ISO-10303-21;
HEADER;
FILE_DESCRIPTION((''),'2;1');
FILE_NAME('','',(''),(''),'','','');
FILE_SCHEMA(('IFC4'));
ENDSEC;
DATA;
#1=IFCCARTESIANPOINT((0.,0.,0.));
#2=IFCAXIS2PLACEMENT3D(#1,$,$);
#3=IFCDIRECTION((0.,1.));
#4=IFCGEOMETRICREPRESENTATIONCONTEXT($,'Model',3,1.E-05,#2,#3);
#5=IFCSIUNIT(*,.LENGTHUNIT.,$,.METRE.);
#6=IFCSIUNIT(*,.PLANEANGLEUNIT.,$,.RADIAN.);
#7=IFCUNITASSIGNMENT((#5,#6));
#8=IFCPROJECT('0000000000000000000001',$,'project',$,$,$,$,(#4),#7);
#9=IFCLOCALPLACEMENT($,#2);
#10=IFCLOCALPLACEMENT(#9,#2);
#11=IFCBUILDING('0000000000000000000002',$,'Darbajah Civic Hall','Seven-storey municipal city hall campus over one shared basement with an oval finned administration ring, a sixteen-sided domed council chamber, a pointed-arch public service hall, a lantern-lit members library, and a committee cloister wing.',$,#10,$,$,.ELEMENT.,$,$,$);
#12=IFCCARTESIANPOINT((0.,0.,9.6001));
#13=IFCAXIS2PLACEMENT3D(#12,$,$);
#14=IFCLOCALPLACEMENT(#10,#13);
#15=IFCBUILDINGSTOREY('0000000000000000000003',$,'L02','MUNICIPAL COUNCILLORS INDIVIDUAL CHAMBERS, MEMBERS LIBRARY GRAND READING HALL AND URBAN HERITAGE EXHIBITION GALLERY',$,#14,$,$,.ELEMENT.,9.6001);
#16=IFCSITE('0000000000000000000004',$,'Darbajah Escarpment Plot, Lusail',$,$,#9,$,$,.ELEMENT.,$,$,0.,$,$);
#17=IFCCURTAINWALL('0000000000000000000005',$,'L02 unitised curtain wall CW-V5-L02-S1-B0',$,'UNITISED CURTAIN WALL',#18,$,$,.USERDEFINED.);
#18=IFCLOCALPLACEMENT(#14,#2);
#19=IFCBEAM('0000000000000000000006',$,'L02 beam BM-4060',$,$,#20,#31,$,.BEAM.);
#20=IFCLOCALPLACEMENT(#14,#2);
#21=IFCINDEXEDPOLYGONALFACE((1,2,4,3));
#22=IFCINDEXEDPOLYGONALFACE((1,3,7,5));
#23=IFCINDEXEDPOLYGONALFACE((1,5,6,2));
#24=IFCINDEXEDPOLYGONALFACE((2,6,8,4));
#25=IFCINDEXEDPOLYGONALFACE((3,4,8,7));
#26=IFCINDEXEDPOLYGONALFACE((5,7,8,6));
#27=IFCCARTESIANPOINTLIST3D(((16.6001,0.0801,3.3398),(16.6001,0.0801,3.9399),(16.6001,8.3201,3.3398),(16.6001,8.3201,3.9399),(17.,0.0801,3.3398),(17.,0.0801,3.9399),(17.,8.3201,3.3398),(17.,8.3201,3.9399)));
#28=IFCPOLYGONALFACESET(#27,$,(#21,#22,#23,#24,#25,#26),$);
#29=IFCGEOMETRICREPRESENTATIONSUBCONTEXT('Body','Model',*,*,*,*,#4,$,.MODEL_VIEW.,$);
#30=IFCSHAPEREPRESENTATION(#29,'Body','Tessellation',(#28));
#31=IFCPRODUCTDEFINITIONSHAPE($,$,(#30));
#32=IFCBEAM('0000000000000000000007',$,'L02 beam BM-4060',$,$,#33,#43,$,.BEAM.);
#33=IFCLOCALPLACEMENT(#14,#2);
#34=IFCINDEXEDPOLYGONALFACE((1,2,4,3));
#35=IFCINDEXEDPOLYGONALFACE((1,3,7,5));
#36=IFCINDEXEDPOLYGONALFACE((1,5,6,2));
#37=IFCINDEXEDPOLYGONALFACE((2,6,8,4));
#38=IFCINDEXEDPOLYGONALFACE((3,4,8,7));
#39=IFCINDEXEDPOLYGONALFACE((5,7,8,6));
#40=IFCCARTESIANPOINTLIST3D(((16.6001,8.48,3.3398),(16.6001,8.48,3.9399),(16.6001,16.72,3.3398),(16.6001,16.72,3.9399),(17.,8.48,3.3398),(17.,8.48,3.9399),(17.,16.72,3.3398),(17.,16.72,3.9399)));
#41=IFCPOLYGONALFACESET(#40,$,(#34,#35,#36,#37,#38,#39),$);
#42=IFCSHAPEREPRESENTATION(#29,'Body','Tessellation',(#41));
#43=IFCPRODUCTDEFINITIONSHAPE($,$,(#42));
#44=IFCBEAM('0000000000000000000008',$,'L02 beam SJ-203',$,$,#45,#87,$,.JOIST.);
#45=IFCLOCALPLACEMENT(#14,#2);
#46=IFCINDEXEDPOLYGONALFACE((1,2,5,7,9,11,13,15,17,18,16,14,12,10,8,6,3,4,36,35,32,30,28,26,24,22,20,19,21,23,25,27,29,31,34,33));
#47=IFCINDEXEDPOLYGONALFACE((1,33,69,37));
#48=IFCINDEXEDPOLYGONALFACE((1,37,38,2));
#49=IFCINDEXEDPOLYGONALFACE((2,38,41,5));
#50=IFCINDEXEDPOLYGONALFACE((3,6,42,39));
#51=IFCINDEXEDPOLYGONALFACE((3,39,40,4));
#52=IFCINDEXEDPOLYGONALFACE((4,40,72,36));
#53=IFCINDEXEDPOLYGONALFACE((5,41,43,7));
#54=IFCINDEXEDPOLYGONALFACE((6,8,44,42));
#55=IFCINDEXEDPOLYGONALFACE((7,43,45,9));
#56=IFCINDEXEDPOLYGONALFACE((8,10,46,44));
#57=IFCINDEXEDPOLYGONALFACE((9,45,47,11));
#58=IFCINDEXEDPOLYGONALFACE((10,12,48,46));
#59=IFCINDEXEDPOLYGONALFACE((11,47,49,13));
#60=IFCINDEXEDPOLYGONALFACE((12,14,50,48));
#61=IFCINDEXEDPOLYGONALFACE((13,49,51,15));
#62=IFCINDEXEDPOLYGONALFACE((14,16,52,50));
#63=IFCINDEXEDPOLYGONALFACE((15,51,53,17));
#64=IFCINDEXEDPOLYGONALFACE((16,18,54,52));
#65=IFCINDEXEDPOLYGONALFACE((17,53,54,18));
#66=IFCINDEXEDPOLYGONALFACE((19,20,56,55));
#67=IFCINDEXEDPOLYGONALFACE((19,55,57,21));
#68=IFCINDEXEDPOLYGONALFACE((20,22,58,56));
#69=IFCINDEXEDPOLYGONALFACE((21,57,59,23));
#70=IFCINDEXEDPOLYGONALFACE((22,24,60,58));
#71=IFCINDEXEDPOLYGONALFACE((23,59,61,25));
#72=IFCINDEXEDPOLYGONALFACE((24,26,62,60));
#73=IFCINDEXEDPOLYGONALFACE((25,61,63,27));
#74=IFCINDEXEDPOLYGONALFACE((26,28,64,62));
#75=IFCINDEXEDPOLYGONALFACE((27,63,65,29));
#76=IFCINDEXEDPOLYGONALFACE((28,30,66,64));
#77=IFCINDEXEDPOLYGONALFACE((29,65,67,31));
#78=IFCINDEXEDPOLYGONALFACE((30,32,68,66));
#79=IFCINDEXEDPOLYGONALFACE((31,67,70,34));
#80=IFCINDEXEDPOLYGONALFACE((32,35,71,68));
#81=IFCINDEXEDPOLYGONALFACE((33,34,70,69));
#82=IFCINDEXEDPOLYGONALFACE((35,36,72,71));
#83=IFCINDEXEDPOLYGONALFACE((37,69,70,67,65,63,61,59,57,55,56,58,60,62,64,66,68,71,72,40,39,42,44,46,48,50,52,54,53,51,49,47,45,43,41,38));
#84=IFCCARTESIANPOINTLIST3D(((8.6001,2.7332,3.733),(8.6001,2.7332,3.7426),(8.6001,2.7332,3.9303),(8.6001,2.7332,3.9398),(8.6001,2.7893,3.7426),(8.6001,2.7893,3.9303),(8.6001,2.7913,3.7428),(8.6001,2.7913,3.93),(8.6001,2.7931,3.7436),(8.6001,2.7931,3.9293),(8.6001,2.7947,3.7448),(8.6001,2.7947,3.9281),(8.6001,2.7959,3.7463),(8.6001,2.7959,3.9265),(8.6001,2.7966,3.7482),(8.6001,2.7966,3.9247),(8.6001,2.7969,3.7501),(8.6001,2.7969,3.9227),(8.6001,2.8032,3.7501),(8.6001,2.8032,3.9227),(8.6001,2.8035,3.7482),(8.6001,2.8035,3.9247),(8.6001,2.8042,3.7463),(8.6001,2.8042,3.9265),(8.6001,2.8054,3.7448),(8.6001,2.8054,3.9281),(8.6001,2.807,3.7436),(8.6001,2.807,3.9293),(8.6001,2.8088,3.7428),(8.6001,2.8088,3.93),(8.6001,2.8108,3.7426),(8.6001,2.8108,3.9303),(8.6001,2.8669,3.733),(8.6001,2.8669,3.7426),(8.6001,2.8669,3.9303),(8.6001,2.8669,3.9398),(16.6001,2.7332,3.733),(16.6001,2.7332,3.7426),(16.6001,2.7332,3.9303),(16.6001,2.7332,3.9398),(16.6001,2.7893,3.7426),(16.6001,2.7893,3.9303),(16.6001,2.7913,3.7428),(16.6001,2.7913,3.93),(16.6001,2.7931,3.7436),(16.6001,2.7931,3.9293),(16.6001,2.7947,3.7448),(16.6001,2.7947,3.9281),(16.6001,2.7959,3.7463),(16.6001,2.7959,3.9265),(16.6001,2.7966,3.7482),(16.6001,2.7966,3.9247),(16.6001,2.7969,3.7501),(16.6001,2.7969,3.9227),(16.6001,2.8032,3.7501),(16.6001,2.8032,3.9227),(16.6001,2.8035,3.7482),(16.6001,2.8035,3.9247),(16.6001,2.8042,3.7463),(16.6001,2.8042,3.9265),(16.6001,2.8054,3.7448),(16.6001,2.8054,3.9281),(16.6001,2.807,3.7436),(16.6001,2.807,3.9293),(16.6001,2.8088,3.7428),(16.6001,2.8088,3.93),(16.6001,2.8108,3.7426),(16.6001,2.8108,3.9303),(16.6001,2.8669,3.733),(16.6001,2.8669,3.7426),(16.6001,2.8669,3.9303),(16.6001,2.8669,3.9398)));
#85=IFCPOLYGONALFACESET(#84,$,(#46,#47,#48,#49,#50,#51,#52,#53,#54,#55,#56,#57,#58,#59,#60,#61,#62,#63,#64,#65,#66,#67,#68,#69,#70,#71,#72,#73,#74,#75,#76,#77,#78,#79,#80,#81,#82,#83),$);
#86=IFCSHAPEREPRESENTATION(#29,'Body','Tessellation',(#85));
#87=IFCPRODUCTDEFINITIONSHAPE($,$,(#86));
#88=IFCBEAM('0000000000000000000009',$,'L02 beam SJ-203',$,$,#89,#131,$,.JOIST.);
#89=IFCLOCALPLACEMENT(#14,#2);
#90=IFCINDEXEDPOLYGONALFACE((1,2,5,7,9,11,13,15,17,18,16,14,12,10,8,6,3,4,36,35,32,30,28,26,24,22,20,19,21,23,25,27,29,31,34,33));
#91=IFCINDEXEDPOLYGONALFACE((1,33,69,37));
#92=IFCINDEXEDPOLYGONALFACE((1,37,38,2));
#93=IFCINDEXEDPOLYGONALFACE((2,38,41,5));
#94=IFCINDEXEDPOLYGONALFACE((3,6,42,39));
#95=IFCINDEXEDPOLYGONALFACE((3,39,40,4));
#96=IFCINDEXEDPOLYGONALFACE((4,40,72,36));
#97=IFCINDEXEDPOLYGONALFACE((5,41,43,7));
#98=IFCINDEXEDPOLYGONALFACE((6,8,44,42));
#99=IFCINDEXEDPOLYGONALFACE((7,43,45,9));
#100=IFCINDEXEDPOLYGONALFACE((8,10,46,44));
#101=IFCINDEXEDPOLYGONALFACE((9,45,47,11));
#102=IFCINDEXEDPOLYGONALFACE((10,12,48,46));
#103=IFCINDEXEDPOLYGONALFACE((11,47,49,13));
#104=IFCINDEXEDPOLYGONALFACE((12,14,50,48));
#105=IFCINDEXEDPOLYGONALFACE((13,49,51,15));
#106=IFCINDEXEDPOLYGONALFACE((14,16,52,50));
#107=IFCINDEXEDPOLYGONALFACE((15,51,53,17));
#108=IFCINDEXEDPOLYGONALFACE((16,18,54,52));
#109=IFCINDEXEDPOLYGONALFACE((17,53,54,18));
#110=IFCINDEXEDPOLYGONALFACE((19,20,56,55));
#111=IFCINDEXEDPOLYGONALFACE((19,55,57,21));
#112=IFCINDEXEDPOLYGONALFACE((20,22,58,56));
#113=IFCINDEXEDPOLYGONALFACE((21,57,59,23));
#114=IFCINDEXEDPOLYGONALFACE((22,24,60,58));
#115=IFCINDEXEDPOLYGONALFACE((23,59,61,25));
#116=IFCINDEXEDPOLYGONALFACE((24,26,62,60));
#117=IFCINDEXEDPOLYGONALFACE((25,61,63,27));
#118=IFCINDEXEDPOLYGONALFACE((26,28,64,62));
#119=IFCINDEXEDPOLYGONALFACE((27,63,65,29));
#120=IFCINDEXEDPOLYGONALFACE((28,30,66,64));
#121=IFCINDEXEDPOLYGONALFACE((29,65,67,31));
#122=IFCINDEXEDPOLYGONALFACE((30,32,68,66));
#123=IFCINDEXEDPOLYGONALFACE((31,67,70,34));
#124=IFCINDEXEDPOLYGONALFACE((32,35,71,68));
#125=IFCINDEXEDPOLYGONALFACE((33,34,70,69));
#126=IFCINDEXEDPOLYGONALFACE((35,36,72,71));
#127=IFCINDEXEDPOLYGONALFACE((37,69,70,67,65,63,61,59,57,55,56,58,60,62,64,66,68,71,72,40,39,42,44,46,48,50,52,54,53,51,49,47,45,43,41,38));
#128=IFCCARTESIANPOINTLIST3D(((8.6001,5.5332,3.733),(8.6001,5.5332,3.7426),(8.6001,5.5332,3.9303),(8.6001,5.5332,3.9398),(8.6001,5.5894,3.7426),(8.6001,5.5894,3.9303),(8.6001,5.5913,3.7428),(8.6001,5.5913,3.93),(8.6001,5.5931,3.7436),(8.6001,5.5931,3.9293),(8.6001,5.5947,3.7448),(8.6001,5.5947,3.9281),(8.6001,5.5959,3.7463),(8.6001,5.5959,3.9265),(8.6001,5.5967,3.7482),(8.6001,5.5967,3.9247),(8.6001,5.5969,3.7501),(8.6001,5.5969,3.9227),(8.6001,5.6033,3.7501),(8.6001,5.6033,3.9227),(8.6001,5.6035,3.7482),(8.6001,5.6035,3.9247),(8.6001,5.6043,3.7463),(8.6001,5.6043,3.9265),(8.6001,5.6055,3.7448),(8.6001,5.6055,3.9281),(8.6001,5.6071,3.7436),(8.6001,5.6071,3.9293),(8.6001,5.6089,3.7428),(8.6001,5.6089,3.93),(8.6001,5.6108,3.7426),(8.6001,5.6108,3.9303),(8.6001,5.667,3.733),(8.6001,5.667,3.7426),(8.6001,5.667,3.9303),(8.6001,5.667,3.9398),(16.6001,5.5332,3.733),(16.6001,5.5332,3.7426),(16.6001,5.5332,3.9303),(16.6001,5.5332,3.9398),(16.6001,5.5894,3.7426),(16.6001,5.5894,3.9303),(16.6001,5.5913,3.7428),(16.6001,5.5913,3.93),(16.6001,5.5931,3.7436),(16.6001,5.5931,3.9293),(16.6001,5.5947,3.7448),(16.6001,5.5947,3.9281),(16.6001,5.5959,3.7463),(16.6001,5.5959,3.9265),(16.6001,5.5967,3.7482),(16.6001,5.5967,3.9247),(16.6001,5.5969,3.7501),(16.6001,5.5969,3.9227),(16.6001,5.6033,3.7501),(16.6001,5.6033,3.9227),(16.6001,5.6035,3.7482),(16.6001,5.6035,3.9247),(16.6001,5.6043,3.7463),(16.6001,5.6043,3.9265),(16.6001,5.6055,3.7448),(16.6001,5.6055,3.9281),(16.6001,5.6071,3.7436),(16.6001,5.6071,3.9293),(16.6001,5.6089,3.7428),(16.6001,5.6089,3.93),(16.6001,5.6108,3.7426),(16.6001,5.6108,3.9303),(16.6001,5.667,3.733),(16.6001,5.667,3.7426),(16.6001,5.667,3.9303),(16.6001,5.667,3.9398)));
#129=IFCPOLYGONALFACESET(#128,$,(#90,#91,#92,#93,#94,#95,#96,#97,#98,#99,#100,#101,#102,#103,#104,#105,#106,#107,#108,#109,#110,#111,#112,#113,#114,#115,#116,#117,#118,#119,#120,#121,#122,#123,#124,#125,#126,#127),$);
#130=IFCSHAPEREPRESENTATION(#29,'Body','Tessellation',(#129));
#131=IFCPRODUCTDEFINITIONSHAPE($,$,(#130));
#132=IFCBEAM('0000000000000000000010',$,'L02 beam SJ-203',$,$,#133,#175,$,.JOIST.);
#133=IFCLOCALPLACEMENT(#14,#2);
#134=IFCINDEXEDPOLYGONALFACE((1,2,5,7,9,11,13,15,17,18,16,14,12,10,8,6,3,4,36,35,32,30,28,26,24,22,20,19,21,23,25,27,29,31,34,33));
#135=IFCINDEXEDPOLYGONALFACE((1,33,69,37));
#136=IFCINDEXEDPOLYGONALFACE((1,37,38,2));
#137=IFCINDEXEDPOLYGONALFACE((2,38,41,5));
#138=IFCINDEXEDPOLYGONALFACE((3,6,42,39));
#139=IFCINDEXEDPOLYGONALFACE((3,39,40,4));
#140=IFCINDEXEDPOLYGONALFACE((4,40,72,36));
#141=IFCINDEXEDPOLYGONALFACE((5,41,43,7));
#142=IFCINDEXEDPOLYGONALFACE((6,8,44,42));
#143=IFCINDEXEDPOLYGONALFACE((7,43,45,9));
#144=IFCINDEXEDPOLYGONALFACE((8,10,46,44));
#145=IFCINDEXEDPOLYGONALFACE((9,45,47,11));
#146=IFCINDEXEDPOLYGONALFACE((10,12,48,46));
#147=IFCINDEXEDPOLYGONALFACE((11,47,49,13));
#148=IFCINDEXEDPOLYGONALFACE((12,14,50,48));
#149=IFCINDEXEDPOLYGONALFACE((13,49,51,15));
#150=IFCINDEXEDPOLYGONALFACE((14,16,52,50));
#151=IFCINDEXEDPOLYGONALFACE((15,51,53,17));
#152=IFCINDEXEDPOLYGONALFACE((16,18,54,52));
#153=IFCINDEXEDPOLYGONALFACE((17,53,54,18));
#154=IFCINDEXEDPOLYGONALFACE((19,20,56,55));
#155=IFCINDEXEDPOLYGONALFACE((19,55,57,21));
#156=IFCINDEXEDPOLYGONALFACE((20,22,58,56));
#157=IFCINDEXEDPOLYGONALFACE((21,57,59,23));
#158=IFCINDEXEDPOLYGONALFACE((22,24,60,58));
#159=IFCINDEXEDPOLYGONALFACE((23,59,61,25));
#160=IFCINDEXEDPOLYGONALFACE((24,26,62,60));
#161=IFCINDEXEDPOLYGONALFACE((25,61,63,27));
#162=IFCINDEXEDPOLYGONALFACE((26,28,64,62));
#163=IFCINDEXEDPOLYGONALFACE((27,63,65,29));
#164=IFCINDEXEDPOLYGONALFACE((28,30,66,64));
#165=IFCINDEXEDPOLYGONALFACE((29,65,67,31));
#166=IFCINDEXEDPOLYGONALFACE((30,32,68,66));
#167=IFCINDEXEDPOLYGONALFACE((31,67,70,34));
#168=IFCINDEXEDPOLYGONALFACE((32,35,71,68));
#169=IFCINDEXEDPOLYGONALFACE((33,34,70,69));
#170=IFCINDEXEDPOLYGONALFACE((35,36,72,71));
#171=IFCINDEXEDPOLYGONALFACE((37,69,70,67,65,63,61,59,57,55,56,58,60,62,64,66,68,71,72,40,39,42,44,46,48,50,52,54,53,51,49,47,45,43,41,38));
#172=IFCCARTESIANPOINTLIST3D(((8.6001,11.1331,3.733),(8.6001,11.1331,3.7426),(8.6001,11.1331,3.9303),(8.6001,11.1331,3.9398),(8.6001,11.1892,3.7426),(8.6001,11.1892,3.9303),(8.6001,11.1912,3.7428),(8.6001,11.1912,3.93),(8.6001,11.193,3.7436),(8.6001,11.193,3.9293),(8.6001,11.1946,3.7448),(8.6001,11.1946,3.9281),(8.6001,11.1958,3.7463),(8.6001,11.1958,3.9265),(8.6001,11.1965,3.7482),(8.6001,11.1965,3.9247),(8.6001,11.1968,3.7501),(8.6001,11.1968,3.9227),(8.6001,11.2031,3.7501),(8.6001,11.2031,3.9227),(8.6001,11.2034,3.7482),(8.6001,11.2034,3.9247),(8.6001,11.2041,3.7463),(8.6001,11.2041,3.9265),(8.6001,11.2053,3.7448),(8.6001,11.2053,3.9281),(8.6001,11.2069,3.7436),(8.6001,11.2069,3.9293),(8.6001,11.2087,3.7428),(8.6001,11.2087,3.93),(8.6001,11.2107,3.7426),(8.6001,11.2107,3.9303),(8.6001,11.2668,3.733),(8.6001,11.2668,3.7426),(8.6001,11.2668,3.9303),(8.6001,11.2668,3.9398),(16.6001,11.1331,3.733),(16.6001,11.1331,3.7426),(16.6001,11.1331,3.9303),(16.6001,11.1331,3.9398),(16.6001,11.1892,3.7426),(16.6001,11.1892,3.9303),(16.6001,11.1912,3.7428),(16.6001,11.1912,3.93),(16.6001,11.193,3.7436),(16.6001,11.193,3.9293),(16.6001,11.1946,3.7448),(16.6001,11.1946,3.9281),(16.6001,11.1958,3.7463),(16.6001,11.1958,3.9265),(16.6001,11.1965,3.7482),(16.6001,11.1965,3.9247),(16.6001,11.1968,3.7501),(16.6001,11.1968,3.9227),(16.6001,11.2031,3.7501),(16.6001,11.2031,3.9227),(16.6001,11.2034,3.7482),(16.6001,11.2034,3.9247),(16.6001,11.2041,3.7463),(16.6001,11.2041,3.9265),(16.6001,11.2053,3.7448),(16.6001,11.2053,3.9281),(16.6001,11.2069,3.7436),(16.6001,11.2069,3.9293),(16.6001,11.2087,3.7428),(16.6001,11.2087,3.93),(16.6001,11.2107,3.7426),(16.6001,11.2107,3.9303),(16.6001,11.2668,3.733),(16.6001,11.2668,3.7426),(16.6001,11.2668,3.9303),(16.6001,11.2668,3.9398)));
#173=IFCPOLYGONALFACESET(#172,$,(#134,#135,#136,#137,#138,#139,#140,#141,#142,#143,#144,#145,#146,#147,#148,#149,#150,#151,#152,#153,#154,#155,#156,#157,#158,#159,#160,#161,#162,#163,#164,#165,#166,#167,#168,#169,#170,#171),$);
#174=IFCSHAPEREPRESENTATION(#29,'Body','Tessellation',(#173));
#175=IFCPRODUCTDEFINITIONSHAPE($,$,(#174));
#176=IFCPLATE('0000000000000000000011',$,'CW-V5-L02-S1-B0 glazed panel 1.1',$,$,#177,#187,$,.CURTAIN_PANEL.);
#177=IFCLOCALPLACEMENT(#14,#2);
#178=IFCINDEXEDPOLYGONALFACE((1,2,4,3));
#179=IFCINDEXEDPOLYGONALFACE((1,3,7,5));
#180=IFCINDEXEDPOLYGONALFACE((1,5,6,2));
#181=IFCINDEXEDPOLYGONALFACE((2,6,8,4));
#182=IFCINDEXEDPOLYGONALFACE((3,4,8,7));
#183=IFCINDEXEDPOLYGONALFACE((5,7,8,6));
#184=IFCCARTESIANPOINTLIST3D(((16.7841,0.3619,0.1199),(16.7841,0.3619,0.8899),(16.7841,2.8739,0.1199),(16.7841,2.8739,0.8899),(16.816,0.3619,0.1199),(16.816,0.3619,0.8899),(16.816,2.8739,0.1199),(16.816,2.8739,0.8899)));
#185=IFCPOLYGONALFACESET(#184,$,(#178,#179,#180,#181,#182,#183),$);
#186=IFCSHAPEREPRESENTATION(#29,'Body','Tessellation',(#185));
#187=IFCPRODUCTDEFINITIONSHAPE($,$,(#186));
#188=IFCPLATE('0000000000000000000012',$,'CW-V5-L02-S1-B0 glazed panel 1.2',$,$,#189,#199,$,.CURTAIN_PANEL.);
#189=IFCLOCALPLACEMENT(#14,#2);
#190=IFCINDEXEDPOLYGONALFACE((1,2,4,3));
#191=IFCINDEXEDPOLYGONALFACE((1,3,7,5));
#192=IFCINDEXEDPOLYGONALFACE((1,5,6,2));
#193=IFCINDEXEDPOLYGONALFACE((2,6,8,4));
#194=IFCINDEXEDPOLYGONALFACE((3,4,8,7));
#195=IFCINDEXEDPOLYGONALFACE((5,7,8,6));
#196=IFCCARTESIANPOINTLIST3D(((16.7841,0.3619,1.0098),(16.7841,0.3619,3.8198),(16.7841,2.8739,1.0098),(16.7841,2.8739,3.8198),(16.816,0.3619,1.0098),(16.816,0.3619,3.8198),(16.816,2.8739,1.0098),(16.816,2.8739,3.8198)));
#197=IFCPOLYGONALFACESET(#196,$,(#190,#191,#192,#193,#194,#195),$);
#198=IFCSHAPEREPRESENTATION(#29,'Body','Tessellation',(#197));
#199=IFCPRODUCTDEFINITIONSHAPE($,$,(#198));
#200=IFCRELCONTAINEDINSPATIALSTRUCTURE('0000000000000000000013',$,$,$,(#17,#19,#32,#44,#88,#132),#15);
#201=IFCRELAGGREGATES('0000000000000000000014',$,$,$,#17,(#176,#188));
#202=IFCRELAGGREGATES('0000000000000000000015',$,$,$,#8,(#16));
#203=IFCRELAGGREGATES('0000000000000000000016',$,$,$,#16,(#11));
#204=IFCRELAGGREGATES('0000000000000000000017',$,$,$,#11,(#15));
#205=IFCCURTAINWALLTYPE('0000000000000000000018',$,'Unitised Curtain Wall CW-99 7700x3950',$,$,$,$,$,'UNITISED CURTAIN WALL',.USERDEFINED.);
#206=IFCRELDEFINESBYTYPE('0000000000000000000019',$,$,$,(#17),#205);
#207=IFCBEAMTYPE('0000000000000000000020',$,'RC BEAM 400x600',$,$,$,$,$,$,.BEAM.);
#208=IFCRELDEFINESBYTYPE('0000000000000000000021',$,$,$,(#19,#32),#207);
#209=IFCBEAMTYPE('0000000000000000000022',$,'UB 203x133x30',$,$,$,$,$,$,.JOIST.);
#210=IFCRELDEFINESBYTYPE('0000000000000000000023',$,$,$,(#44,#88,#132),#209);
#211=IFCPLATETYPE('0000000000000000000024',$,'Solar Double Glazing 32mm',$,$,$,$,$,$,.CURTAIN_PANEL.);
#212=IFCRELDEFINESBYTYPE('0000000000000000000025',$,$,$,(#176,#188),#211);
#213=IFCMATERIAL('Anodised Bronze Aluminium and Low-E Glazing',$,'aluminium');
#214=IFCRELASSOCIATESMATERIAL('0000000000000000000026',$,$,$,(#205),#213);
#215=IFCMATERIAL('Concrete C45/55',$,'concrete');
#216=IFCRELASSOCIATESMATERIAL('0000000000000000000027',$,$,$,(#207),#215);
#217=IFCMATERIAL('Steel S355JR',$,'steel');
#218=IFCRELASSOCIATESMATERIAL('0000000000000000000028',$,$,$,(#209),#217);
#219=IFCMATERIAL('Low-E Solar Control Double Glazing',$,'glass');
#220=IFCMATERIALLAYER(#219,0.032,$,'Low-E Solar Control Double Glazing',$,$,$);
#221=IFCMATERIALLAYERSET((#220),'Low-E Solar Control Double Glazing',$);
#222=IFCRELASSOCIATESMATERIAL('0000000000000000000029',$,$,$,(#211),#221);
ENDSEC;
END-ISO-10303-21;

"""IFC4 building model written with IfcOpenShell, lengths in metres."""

from ifc_helpers import new_model, si_unit, direction, frame, origin, origin_2d, place, context, subcontext, project, spatial, rectangle, i_section, extrude, material, layer, layer_set, material_profile, profile_set, type_object, element, aggregate, save


model = new_model("IFC4")

# Units and contexts
model_context = context("Model", 3, precision=1e-05, world=origin(), true_north=direction((0.0, 1.0)))
body_context = subcontext(model_context, "Body", "Model", "MODEL_VIEW")
ifc_project = project(units=[si_unit("LENGTHUNIT", "METRE"), si_unit("PLANEANGLEUNIT", "RADIAN")], contexts=[model_context])

# Site, building, storey
site_placement = place(None, origin())
site = spatial("IfcSite", under=ifc_project, at=site_placement, Name="Darbajah Escarpment Plot, Lusail", CompositionType="ELEMENT", RefElevation=0.0)
building_placement = place(site_placement, origin())
building = spatial("IfcBuilding", under=site, at=building_placement, Name="Darbajah Civic Hall", Description="Seven-storey municipal city hall campus over one shared basement with an oval finned administration ring, a sixteen-sided domed council chamber, a pointed-arch public service hall, a lantern-lit members library, and a committee cloister wing.", CompositionType="ELEMENT")
storey_placement = place(building_placement, frame((0.0, 0.0, 9.6001)))
storey = spatial("IfcBuildingStorey", under=building, at=storey_placement, Name="L02", Description="MUNICIPAL COUNCILLORS INDIVIDUAL CHAMBERS, MEMBERS LIBRARY GRAND READING HALL AND URBAN HERITAGE EXHIBITION GALLERY", CompositionType="ELEMENT", Elevation=9.6001)

# Shared definitions
ifc_material_1 = material(Name="Concrete C45/55", Category="concrete")

# Curtain wall
ifc_material_2 = material(Name="Anodised Bronze Aluminium and Low-E Glazing", Category="aluminium")
curtain_wall_type = type_object("IfcCurtainWallType", Name="Unitised Curtain Wall CW-99 7700x3950", ElementType="UNITISED CURTAIN WALL", PredefinedType="USERDEFINED", material=ifc_material_2)
curtain_wall_1_placement = place(storey_placement, origin())
curtain_wall_1 = element("IfcCurtainWall", 1, at=curtain_wall_1_placement, inside=storey, type_object=curtain_wall_type, Name="L02 unitised curtain wall CW-V5-L02-S1-B0", ObjectType="UNITISED CURTAIN WALL", PredefinedType="USERDEFINED")

# Beams
ifc_material_profile_1 = material_profile(ifc_material_1, rectangle(XDim=0.3999, YDim=0.6001, at=origin_2d()), Name="RC BEAM 400x600")
ifc_profile_set_1 = profile_set([ifc_material_profile_1], Name="Concrete C45/55")
beam_type_1 = type_object("IfcBeamType", Name="RC BEAM 400x600", PredefinedType="BEAM", material=ifc_profile_set_1)
for number, where, z_axis, x_axis, name in (
    (2, (16.8, 0.0801, 3.6399), (0.0, 1.0, 0.0), (-1.0, 0.0, 0.0), "L02 beam BM-4060"),
    (3, (16.8, 8.48, 3.6399), (0.0, 1.0, 0.0), (-1.0, 0.0, 0.0), "L02 beam BM-4060"),
):
    element("IfcBeam", number, at=place(storey_placement, frame(where, z_axis=z_axis, x_axis=x_axis)), inside=storey, type_object=beam_type_1, Name=name, PredefinedType="BEAM", context=body_context, shape_type="SweptSolid", body=[
        extrude(rectangle(XDim=0.3999, YDim=0.6001, at=origin_2d()), origin(), (0.0, 0.0, 1.0), 8.24),
    ])
ifc_material_3 = material(Name="Steel S355JR", Category="steel")
ifc_material_profile_2 = material_profile(ifc_material_3, i_section(OverallWidth=0.1338, OverallDepth=0.2068, WebThickness=0.0063, FlangeThickness=0.0095, FilletRadius=0.0076, at=origin_2d()), Name="UB 203x133x30")
ifc_profile_set_2 = profile_set([ifc_material_profile_2], Name="Steel S355JR")
beam_type_2 = type_object("IfcBeamType", Name="UB 203x133x30", PredefinedType="JOIST", material=ifc_profile_set_2)
for number, where, z_axis, x_axis, name in (
    (4, (8.6001, 2.8, 3.8364), (1.0, 0.0, 0.0), (0.0, 1.0, 0.0), "L02 beam SJ-203"),
    (5, (8.6001, 5.6001, 3.8364), (1.0, 0.0, 0.0), (0.0, 1.0, 0.0), "L02 beam SJ-203"),
    (6, (8.6001, 11.2, 3.8364), (1.0, 0.0, 0.0), (0.0, 1.0, 0.0), "L02 beam SJ-203"),
):
    element("IfcBeam", number, at=place(storey_placement, frame(where, z_axis=z_axis, x_axis=x_axis)), inside=storey, type_object=beam_type_2, Name=name, PredefinedType="JOIST", context=body_context, shape_type="SweptSolid", body=[
        extrude(i_section(OverallWidth=0.1338, OverallDepth=0.2068, WebThickness=0.0063, FlangeThickness=0.0095, FilletRadius=0.0076, at=origin_2d()), origin(), (0.0, 0.0, 1.0), 8.0),
    ])

# Plates
ifc_material_4 = material(Name="Low-E Solar Control Double Glazing", Category="glass")
ifc_layer_1 = layer(ifc_material_4, 0.032, Name="Low-E Solar Control Double Glazing")
ifc_layer_set_1 = layer_set([ifc_layer_1], Name="Low-E Solar Control Double Glazing")
plate_type = type_object("IfcPlateType", Name="Solar Double Glazing 32mm", PredefinedType="CURTAIN_PANEL", material=ifc_layer_set_1)
plate_1_placement = place(storey_placement, frame((16.8, 1.6179, 0.1199), z_axis=(0.0, 0.0, 1.0), x_axis=(0.0, 1.0, 0.0)))
plate_1 = element("IfcPlate", 7, at=plate_1_placement, type_object=plate_type, Name="CW-V5-L02-S1-B0 glazed panel 1.1", PredefinedType="CURTAIN_PANEL", context=body_context, shape_type="SweptSolid", body=[
    extrude(rectangle(XDim=2.512, YDim=0.032, at=origin_2d()), origin(), (0.0, 0.0, 1.0), 0.77),
])
plate_2_placement = place(storey_placement, frame((16.8, 1.6179, 1.0098), z_axis=(0.0, 0.0, 1.0), x_axis=(0.0, 1.0, 0.0)))
plate_2 = element("IfcPlate", 8, at=plate_2_placement, type_object=plate_type, Name="CW-V5-L02-S1-B0 glazed panel 1.2", PredefinedType="CURTAIN_PANEL", context=body_context, shape_type="SweptSolid", body=[
    extrude(rectangle(XDim=2.512, YDim=0.032, at=origin_2d()), origin(), (0.0, 0.0, 1.0), 2.8101),
])
aggregate(curtain_wall_1, [plate_1, plate_2])

save(model, "model.ifc")
